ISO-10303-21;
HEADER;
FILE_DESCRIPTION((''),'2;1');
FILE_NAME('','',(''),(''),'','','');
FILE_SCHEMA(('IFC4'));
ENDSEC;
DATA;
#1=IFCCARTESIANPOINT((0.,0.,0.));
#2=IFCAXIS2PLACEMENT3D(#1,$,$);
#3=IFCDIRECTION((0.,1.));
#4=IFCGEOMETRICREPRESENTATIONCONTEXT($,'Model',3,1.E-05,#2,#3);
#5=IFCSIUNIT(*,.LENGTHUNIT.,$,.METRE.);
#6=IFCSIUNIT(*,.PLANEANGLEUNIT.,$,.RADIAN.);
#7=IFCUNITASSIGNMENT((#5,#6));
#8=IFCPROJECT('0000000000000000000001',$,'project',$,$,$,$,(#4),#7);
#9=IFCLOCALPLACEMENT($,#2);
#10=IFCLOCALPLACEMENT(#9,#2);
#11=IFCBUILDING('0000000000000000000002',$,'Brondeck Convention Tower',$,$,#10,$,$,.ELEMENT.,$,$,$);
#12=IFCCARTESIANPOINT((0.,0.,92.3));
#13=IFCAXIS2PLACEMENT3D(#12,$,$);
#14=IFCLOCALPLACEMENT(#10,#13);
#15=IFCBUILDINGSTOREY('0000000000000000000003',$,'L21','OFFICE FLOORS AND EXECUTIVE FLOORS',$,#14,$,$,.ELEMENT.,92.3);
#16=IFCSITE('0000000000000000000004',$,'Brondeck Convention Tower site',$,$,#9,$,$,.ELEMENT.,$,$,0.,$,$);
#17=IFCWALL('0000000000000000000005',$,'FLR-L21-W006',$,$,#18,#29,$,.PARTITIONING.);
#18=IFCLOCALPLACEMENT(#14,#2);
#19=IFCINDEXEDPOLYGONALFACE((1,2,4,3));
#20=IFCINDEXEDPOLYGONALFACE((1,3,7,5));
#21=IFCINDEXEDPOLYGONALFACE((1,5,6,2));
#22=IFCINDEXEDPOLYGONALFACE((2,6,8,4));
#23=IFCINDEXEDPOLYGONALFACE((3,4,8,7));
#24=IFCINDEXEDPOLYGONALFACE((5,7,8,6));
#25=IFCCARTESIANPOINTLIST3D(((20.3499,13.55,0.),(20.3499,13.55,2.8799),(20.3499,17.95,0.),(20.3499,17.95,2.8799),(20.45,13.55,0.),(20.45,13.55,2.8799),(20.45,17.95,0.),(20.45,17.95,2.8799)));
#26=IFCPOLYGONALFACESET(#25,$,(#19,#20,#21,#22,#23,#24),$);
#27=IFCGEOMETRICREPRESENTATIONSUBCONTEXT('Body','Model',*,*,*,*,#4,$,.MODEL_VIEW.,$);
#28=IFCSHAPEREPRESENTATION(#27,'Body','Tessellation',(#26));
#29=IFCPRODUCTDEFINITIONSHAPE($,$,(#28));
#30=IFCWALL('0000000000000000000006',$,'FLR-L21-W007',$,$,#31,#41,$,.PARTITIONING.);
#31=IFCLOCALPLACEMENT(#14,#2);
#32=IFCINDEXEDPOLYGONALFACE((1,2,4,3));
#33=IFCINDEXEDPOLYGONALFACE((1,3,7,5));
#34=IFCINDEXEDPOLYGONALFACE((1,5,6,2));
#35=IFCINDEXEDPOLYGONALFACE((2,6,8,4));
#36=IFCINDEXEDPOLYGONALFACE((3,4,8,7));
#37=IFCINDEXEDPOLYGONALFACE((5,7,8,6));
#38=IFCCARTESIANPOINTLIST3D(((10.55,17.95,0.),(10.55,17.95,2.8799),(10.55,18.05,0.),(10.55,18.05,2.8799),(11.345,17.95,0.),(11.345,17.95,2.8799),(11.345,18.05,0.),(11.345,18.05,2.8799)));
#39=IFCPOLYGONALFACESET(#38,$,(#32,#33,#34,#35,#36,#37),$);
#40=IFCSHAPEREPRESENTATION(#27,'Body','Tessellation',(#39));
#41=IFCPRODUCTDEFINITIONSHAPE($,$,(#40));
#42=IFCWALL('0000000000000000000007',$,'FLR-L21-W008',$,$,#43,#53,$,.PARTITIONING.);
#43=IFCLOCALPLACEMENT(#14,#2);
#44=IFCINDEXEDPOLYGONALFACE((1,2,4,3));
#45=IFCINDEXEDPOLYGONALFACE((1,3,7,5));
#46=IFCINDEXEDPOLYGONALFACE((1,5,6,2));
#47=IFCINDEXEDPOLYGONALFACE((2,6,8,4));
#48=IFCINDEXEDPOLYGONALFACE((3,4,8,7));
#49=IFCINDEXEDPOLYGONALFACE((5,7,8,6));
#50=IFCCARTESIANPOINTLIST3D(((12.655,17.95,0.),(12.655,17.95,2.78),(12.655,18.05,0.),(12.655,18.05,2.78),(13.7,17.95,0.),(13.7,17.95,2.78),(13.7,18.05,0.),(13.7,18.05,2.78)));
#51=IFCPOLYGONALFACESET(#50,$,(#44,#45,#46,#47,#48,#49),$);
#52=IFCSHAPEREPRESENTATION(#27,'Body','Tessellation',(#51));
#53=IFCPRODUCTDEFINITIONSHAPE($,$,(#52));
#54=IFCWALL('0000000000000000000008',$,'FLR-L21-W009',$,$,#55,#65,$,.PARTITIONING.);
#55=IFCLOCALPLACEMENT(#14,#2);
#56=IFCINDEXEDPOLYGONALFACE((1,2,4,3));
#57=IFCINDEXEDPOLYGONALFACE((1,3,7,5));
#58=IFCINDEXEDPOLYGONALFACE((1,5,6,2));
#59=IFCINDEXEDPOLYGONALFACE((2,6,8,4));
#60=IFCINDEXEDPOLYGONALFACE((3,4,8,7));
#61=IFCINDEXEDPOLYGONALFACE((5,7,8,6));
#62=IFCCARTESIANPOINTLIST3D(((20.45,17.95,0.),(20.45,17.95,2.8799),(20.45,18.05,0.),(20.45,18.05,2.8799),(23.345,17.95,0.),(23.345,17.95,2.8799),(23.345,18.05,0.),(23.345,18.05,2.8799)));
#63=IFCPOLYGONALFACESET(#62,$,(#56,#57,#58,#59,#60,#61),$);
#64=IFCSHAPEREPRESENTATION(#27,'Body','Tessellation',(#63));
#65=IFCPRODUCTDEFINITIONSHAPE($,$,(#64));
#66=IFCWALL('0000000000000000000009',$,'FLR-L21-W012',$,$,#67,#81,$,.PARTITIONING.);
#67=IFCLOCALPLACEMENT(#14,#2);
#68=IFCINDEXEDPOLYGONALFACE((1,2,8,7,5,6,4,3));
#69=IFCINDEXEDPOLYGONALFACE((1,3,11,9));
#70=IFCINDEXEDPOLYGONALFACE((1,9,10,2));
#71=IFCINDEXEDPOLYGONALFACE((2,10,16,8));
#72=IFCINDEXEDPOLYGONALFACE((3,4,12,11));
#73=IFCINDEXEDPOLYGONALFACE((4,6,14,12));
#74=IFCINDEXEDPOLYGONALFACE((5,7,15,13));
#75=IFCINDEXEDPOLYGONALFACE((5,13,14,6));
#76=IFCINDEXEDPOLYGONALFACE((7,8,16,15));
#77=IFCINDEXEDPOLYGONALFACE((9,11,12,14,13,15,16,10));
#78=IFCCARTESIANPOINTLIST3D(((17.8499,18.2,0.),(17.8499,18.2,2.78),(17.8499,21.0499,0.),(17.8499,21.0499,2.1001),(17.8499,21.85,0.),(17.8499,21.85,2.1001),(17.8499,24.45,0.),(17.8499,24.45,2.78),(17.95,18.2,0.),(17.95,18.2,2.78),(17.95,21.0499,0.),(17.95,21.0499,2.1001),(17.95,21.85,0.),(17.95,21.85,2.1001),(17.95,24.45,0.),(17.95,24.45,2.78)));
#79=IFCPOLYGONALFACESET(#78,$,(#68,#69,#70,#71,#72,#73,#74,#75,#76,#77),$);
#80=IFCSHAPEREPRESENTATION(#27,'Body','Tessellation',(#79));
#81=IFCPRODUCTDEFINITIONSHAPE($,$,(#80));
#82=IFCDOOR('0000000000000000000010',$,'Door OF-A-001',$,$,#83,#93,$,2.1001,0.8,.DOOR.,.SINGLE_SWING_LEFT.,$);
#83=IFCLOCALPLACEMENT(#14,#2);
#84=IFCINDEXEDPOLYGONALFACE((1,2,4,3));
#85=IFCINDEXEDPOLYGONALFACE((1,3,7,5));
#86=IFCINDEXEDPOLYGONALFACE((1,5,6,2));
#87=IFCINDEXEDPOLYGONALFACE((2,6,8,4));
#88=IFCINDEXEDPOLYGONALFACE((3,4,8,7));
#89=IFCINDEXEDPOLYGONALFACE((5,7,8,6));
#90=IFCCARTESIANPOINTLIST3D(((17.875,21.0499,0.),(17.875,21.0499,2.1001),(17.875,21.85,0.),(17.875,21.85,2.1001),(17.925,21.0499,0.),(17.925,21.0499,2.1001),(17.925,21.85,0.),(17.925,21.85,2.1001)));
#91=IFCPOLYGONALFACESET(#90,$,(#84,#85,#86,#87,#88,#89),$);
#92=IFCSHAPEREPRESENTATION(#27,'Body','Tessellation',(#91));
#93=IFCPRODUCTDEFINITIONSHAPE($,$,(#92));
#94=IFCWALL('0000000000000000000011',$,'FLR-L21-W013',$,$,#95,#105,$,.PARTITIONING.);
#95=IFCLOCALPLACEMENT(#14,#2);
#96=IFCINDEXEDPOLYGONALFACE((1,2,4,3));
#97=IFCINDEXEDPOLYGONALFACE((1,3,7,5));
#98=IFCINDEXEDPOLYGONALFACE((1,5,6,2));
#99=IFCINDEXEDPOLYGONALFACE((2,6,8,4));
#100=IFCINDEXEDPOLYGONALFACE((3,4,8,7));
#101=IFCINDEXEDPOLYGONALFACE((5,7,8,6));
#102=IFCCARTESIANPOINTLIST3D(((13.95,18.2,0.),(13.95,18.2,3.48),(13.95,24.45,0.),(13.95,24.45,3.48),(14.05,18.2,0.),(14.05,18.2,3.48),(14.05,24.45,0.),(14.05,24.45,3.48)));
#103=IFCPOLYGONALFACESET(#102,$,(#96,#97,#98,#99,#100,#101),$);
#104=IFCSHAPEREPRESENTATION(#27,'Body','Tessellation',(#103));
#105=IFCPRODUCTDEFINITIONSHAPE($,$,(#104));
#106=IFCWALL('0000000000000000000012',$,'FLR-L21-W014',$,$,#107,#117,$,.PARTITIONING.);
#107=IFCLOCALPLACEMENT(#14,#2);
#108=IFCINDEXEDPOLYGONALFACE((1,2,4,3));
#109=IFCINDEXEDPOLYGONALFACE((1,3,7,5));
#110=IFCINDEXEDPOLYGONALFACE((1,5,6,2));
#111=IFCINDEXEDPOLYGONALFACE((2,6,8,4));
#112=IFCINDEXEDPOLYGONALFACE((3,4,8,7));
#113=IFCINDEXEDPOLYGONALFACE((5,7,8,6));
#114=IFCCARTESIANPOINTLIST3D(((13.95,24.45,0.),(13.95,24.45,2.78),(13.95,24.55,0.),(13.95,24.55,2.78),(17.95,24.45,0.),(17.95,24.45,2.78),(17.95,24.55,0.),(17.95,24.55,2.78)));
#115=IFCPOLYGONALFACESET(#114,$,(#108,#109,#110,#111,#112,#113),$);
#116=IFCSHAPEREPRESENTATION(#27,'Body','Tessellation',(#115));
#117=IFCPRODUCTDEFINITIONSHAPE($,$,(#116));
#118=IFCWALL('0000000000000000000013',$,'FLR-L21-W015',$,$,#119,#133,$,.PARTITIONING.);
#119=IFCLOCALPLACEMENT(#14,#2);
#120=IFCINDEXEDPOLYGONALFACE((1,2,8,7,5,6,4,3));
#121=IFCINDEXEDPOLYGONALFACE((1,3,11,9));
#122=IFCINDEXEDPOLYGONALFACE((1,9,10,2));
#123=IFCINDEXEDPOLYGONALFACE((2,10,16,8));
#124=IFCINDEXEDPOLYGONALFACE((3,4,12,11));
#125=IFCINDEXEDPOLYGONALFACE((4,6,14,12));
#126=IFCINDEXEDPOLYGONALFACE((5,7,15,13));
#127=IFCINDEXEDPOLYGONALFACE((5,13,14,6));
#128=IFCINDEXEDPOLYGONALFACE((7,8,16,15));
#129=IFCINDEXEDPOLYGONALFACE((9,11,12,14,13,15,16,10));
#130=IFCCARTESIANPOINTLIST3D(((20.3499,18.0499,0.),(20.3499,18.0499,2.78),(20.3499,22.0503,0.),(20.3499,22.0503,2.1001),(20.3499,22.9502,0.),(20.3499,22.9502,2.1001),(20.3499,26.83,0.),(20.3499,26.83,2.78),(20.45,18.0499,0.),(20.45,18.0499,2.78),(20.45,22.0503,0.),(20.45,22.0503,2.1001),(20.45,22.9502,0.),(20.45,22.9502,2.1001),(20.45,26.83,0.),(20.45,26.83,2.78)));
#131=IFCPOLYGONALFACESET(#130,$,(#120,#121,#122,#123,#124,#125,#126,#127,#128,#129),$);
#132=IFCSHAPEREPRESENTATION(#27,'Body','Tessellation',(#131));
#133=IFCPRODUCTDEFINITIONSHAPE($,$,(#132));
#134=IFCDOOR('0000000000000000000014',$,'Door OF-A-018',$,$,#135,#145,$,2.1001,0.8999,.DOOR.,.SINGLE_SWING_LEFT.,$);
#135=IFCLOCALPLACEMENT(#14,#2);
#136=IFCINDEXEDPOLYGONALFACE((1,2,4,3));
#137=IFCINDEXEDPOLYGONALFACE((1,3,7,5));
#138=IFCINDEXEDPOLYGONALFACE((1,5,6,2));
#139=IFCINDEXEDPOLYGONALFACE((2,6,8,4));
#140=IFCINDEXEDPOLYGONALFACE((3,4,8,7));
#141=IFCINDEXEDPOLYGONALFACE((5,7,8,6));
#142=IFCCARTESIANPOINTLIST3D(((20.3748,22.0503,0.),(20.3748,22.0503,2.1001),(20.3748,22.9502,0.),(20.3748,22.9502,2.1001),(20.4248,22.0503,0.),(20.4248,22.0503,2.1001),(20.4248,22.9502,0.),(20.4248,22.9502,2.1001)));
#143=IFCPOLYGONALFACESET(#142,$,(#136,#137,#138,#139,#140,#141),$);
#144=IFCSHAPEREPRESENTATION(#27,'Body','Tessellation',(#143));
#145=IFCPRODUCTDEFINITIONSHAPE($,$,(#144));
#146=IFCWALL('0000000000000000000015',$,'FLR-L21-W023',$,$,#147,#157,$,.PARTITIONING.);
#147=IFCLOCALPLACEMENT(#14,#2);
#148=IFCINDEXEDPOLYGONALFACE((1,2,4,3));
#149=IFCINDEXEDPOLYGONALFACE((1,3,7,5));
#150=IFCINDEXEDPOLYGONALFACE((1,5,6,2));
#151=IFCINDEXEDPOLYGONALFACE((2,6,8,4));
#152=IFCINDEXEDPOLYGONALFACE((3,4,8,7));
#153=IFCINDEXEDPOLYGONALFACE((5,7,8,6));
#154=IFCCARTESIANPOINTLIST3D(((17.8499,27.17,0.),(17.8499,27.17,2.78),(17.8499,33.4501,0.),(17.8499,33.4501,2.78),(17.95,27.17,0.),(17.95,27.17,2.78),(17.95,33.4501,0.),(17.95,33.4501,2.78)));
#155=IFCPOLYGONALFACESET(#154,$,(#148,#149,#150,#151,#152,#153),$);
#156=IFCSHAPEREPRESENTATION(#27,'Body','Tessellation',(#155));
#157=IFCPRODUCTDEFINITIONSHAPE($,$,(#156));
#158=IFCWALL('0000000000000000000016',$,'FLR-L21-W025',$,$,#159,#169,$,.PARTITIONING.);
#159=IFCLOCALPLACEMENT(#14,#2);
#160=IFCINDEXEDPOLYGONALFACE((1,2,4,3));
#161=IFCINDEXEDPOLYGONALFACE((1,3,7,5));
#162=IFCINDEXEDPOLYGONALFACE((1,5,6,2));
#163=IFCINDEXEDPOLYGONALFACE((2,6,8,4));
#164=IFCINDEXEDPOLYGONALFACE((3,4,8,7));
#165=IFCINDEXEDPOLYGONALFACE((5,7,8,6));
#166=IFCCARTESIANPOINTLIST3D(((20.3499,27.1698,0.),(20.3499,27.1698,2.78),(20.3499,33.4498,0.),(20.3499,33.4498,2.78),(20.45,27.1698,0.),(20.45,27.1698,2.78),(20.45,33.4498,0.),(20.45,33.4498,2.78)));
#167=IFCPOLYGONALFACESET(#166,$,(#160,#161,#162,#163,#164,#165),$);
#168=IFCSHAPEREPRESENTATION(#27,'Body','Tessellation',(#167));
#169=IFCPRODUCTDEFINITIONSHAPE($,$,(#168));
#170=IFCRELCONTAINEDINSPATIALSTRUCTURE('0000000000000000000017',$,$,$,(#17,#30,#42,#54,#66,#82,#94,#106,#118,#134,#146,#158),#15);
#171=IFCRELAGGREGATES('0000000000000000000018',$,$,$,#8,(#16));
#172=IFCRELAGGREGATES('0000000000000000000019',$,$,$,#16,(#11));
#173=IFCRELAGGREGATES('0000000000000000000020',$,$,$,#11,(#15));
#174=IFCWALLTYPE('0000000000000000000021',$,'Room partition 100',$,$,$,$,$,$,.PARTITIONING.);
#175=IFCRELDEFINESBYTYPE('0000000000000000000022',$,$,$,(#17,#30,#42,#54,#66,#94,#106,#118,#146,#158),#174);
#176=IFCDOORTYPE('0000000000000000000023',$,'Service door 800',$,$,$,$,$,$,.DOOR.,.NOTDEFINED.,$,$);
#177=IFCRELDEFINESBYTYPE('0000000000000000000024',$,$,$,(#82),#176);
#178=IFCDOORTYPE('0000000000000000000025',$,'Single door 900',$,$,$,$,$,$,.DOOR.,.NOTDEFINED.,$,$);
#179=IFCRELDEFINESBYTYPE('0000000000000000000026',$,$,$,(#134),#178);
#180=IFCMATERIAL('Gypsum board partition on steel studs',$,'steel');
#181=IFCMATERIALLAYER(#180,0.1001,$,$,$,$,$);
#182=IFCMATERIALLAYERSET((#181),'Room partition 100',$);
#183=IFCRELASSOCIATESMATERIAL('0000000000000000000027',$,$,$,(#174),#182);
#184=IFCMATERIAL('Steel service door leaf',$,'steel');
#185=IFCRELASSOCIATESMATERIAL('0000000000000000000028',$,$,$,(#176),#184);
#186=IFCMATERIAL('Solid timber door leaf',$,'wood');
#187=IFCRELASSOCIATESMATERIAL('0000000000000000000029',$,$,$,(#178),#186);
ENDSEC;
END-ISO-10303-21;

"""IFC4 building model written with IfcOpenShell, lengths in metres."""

from ifc_helpers import new_model, si_unit, direction, frame, frame_2d, origin, place, context, subcontext, project, spatial, rectangle, extrude, material, layer, layer_set, type_object, element, fill, save


model = new_model("IFC4")

# Units and contexts
model_context = context("Model", 3, precision=1e-05, world=origin(), true_north=direction((0.0, 1.0)))
body_context = subcontext(model_context, "Body", "Model", "MODEL_VIEW")
ifc_project = project(units=[si_unit("LENGTHUNIT", "METRE"), si_unit("PLANEANGLEUNIT", "RADIAN")], contexts=[model_context])

# Site, building, storey
site_placement = place(None, origin())
site = spatial("IfcSite", under=ifc_project, at=site_placement, Name="Brondeck Convention Tower site", CompositionType="ELEMENT", RefElevation=0.0)
building_placement = place(site_placement, origin())
building = spatial("IfcBuilding", under=site, at=building_placement, Name="Brondeck Convention Tower", CompositionType="ELEMENT")
storey_placement = place(building_placement, frame((0.0, 0.0, 92.3)))
storey = spatial("IfcBuildingStorey", under=building, at=storey_placement, Name="L21", Description="OFFICE FLOORS AND EXECUTIVE FLOORS", CompositionType="ELEMENT", Elevation=92.3)

# Walls
ifc_material_1 = material(Name="Gypsum board partition on steel studs", Category="steel")
ifc_layer_1 = layer(ifc_material_1, 0.1001)
ifc_layer_set_1 = layer_set([ifc_layer_1], Name="Room partition 100")
wall_type_1 = type_object("IfcWallType", Name="Room partition 100", PredefinedType="PARTITIONING", material=ifc_layer_set_1)
wall_1_placement = place(storey_placement, frame((20.3999, 17.95, 0.0), z_axis=(0.0, 0.0, 1.0), x_axis=(0.0, -1.0, 0.0)))
element("IfcWall", 1, at=wall_1_placement, inside=storey, type_object=wall_type_1, Name="FLR-L21-W006", PredefinedType="PARTITIONING", context=body_context, shape_type="SweptSolid", body=[
    extrude(rectangle(XDim=4.3999, YDim=0.1001, at=frame_2d((2.2, 0.0))), origin(), (0.0, 0.0, 1.0), 2.8799),
])
wall_2_placement = place(storey_placement, frame((11.345, 18.0, 0.0), z_axis=(0.0, 0.0, 1.0), x_axis=(-1.0, 0.0, 0.0)))
element("IfcWall", 2, at=wall_2_placement, inside=storey, type_object=wall_type_1, Name="FLR-L21-W007", PredefinedType="PARTITIONING", context=body_context, shape_type="SweptSolid", body=[
    extrude(rectangle(XDim=0.7949, YDim=0.1001, at=frame_2d((0.3975, 0.0))), origin(), (0.0, 0.0, 1.0), 2.8799),
])
wall_3_placement = place(storey_placement, frame((13.7, 18.0, 0.0), z_axis=(0.0, 0.0, 1.0), x_axis=(-1.0, 0.0, 0.0)))
element("IfcWall", 3, at=wall_3_placement, inside=storey, type_object=wall_type_1, Name="FLR-L21-W008", PredefinedType="PARTITIONING", context=body_context, shape_type="SweptSolid", body=[
    extrude(rectangle(XDim=1.0449, YDim=0.1001, at=frame_2d((0.5225, 0.0))), origin(), (0.0, 0.0, 1.0), 2.78),
])
wall_4_placement = place(storey_placement, frame((23.345, 18.0, 0.0), z_axis=(0.0, 0.0, 1.0), x_axis=(-1.0, 0.0, 0.0)))
element("IfcWall", 4, at=wall_4_placement, inside=storey, type_object=wall_type_1, Name="FLR-L21-W009", PredefinedType="PARTITIONING", context=body_context, shape_type="SweptSolid", body=[
    extrude(rectangle(XDim=2.895, YDim=0.1001, at=frame_2d((1.4475, 0.0))), origin(), (0.0, 0.0, 1.0), 2.8799),
])

# Wall, opening, door
wall_5_placement = place(storey_placement, frame((17.8999, 18.2, 0.0), z_axis=(0.0, 0.0, 1.0), x_axis=(0.0, 1.0, 0.0)))
wall_5 = element("IfcWall", 5, at=wall_5_placement, inside=storey, type_object=wall_type_1, Name="FLR-L21-W012", PredefinedType="PARTITIONING", context=body_context, shape_type="SweptSolid", body=[
    extrude(rectangle(XDim=6.25, YDim=0.1001, at=frame_2d((3.125, 0.0))), origin(), (0.0, 0.0, 1.0), 2.78),
])
opening_1_placement = place(wall_5_placement, frame((2.8501, 0.0, 0.0)))
opening_1 = element("IfcOpeningElement", 6, at=opening_1_placement, cuts=wall_5, PredefinedType="OPENING", context=body_context, shape_type="SweptSolid", body=[
    extrude(rectangle(XDim=0.8, YDim=2.1001, at=frame_2d((0.3999, 1.05))), frame((0.0, 0.0601, 0.0), z_axis=(0.0, -1.0, 0.0), x_axis=(1.0, 0.0, 0.0)), (0.0, 0.0, 1.0), 0.1201),
])
ifc_material_2 = material(Name="Steel service door leaf", Category="steel")
door_type_1 = type_object("IfcDoorType", Name="Service door 800", OperationType="NOTDEFINED", PredefinedType="DOOR", material=ifc_material_2)
door_1_placement = place(opening_1_placement, origin())
door_1 = element("IfcDoor", 7, at=door_1_placement, inside=storey, type_object=door_type_1, Name="Door OF-A-001", OperationType="SINGLE_SWING_LEFT", OverallHeight=2.1001, OverallWidth=0.8, PredefinedType="DOOR", context=body_context, shape_type="SweptSolid", body=[
    extrude(rectangle(XDim=0.8, YDim=2.1001, at=frame_2d((0.3999, 1.05))), frame((0.0, 0.0249, 0.0), z_axis=(0.0, -1.0, 0.0), x_axis=(1.0, 0.0, 0.0)), (0.0, 0.0, 1.0), 0.05),
])
fill(opening_1, door_1)

# Walls
wall_6_placement = place(storey_placement, frame((14.0, 24.45, 0.0), z_axis=(0.0, 0.0, 1.0), x_axis=(0.0, -1.0, 0.0)))
element("IfcWall", 8, at=wall_6_placement, inside=storey, type_object=wall_type_1, Name="FLR-L21-W013", PredefinedType="PARTITIONING", context=body_context, shape_type="SweptSolid", body=[
    extrude(rectangle(XDim=6.25, YDim=0.1001, at=frame_2d((3.125, 0.0))), origin(), (0.0, 0.0, 1.0), 3.48),
])
wall_7_placement = place(storey_placement, frame((17.95, 24.5, 0.0), z_axis=(0.0, 0.0, 1.0), x_axis=(-1.0, 0.0, 0.0)))
element("IfcWall", 9, at=wall_7_placement, inside=storey, type_object=wall_type_1, Name="FLR-L21-W014", PredefinedType="PARTITIONING", context=body_context, shape_type="SweptSolid", body=[
    extrude(rectangle(XDim=4.0, YDim=0.1001, at=frame_2d((2.0, 0.0))), origin(), (0.0, 0.0, 1.0), 2.78),
])

# Wall, opening, door
wall_8_placement = place(storey_placement, frame((20.3999, 26.8301, 0.0), z_axis=(0.0, 0.0, 1.0), x_axis=(0.0, -1.0, 0.0)))
wall_8 = element("IfcWall", 10, at=wall_8_placement, inside=storey, type_object=wall_type_1, Name="FLR-L21-W015", PredefinedType="PARTITIONING", context=body_context, shape_type="SweptSolid", body=[
    extrude(rectangle(XDim=8.78, YDim=0.1001, at=frame_2d((4.3901, 0.0))), origin(), (0.0, 0.0, 1.0), 2.78),
])
opening_2_placement = place(wall_8_placement, frame((3.8799, 0.0, 0.0)))
opening_2 = element("IfcOpeningElement", 11, at=opening_2_placement, cuts=wall_8, PredefinedType="OPENING", context=body_context, shape_type="SweptSolid", body=[
    extrude(rectangle(XDim=0.8999, YDim=2.1001, at=frame_2d((0.45, 1.05))), frame((0.0, 0.0601, 0.0), z_axis=(0.0, -1.0, 0.0), x_axis=(1.0, 0.0, 0.0)), (0.0, 0.0, 1.0), 0.1201),
])
ifc_material_3 = material(Name="Solid timber door leaf", Category="wood")
door_type_2 = type_object("IfcDoorType", Name="Single door 900", OperationType="NOTDEFINED", PredefinedType="DOOR", material=ifc_material_3)
door_2_placement = place(opening_2_placement, origin())
door_2 = element("IfcDoor", 12, at=door_2_placement, inside=storey, type_object=door_type_2, Name="Door OF-A-018", OperationType="SINGLE_SWING_LEFT", OverallHeight=2.1001, OverallWidth=0.8999, PredefinedType="DOOR", context=body_context, shape_type="SweptSolid", body=[
    extrude(rectangle(XDim=0.8999, YDim=2.1001, at=frame_2d((0.45, 1.05))), frame((0.0, 0.0249, 0.0), z_axis=(0.0, -1.0, 0.0), x_axis=(1.0, 0.0, 0.0)), (0.0, 0.0, 1.0), 0.05),
])
fill(opening_2, door_2)

# Walls
for number, where, z_axis, x_axis, name in (
    (13, (17.8999, 27.1699, 0.0), (0.0, 0.0, 1.0), (0.0, 1.0, 0.0), "FLR-L21-W023"),
    (14, (20.3999, 33.45, 0.0), (0.0, 0.0, 1.0), (0.0, -1.0, 0.0), "FLR-L21-W025"),
):
    element("IfcWall", number, at=place(storey_placement, frame(where, z_axis=z_axis, x_axis=x_axis)), inside=storey, type_object=wall_type_1, Name=name, PredefinedType="PARTITIONING", context=body_context, shape_type="SweptSolid", body=[
        extrude(rectangle(XDim=6.28, YDim=0.1001, at=frame_2d((3.1401, 0.0))), origin(), (0.0, 0.0, 1.0), 2.78),
    ])

save(model, "model.ifc")
